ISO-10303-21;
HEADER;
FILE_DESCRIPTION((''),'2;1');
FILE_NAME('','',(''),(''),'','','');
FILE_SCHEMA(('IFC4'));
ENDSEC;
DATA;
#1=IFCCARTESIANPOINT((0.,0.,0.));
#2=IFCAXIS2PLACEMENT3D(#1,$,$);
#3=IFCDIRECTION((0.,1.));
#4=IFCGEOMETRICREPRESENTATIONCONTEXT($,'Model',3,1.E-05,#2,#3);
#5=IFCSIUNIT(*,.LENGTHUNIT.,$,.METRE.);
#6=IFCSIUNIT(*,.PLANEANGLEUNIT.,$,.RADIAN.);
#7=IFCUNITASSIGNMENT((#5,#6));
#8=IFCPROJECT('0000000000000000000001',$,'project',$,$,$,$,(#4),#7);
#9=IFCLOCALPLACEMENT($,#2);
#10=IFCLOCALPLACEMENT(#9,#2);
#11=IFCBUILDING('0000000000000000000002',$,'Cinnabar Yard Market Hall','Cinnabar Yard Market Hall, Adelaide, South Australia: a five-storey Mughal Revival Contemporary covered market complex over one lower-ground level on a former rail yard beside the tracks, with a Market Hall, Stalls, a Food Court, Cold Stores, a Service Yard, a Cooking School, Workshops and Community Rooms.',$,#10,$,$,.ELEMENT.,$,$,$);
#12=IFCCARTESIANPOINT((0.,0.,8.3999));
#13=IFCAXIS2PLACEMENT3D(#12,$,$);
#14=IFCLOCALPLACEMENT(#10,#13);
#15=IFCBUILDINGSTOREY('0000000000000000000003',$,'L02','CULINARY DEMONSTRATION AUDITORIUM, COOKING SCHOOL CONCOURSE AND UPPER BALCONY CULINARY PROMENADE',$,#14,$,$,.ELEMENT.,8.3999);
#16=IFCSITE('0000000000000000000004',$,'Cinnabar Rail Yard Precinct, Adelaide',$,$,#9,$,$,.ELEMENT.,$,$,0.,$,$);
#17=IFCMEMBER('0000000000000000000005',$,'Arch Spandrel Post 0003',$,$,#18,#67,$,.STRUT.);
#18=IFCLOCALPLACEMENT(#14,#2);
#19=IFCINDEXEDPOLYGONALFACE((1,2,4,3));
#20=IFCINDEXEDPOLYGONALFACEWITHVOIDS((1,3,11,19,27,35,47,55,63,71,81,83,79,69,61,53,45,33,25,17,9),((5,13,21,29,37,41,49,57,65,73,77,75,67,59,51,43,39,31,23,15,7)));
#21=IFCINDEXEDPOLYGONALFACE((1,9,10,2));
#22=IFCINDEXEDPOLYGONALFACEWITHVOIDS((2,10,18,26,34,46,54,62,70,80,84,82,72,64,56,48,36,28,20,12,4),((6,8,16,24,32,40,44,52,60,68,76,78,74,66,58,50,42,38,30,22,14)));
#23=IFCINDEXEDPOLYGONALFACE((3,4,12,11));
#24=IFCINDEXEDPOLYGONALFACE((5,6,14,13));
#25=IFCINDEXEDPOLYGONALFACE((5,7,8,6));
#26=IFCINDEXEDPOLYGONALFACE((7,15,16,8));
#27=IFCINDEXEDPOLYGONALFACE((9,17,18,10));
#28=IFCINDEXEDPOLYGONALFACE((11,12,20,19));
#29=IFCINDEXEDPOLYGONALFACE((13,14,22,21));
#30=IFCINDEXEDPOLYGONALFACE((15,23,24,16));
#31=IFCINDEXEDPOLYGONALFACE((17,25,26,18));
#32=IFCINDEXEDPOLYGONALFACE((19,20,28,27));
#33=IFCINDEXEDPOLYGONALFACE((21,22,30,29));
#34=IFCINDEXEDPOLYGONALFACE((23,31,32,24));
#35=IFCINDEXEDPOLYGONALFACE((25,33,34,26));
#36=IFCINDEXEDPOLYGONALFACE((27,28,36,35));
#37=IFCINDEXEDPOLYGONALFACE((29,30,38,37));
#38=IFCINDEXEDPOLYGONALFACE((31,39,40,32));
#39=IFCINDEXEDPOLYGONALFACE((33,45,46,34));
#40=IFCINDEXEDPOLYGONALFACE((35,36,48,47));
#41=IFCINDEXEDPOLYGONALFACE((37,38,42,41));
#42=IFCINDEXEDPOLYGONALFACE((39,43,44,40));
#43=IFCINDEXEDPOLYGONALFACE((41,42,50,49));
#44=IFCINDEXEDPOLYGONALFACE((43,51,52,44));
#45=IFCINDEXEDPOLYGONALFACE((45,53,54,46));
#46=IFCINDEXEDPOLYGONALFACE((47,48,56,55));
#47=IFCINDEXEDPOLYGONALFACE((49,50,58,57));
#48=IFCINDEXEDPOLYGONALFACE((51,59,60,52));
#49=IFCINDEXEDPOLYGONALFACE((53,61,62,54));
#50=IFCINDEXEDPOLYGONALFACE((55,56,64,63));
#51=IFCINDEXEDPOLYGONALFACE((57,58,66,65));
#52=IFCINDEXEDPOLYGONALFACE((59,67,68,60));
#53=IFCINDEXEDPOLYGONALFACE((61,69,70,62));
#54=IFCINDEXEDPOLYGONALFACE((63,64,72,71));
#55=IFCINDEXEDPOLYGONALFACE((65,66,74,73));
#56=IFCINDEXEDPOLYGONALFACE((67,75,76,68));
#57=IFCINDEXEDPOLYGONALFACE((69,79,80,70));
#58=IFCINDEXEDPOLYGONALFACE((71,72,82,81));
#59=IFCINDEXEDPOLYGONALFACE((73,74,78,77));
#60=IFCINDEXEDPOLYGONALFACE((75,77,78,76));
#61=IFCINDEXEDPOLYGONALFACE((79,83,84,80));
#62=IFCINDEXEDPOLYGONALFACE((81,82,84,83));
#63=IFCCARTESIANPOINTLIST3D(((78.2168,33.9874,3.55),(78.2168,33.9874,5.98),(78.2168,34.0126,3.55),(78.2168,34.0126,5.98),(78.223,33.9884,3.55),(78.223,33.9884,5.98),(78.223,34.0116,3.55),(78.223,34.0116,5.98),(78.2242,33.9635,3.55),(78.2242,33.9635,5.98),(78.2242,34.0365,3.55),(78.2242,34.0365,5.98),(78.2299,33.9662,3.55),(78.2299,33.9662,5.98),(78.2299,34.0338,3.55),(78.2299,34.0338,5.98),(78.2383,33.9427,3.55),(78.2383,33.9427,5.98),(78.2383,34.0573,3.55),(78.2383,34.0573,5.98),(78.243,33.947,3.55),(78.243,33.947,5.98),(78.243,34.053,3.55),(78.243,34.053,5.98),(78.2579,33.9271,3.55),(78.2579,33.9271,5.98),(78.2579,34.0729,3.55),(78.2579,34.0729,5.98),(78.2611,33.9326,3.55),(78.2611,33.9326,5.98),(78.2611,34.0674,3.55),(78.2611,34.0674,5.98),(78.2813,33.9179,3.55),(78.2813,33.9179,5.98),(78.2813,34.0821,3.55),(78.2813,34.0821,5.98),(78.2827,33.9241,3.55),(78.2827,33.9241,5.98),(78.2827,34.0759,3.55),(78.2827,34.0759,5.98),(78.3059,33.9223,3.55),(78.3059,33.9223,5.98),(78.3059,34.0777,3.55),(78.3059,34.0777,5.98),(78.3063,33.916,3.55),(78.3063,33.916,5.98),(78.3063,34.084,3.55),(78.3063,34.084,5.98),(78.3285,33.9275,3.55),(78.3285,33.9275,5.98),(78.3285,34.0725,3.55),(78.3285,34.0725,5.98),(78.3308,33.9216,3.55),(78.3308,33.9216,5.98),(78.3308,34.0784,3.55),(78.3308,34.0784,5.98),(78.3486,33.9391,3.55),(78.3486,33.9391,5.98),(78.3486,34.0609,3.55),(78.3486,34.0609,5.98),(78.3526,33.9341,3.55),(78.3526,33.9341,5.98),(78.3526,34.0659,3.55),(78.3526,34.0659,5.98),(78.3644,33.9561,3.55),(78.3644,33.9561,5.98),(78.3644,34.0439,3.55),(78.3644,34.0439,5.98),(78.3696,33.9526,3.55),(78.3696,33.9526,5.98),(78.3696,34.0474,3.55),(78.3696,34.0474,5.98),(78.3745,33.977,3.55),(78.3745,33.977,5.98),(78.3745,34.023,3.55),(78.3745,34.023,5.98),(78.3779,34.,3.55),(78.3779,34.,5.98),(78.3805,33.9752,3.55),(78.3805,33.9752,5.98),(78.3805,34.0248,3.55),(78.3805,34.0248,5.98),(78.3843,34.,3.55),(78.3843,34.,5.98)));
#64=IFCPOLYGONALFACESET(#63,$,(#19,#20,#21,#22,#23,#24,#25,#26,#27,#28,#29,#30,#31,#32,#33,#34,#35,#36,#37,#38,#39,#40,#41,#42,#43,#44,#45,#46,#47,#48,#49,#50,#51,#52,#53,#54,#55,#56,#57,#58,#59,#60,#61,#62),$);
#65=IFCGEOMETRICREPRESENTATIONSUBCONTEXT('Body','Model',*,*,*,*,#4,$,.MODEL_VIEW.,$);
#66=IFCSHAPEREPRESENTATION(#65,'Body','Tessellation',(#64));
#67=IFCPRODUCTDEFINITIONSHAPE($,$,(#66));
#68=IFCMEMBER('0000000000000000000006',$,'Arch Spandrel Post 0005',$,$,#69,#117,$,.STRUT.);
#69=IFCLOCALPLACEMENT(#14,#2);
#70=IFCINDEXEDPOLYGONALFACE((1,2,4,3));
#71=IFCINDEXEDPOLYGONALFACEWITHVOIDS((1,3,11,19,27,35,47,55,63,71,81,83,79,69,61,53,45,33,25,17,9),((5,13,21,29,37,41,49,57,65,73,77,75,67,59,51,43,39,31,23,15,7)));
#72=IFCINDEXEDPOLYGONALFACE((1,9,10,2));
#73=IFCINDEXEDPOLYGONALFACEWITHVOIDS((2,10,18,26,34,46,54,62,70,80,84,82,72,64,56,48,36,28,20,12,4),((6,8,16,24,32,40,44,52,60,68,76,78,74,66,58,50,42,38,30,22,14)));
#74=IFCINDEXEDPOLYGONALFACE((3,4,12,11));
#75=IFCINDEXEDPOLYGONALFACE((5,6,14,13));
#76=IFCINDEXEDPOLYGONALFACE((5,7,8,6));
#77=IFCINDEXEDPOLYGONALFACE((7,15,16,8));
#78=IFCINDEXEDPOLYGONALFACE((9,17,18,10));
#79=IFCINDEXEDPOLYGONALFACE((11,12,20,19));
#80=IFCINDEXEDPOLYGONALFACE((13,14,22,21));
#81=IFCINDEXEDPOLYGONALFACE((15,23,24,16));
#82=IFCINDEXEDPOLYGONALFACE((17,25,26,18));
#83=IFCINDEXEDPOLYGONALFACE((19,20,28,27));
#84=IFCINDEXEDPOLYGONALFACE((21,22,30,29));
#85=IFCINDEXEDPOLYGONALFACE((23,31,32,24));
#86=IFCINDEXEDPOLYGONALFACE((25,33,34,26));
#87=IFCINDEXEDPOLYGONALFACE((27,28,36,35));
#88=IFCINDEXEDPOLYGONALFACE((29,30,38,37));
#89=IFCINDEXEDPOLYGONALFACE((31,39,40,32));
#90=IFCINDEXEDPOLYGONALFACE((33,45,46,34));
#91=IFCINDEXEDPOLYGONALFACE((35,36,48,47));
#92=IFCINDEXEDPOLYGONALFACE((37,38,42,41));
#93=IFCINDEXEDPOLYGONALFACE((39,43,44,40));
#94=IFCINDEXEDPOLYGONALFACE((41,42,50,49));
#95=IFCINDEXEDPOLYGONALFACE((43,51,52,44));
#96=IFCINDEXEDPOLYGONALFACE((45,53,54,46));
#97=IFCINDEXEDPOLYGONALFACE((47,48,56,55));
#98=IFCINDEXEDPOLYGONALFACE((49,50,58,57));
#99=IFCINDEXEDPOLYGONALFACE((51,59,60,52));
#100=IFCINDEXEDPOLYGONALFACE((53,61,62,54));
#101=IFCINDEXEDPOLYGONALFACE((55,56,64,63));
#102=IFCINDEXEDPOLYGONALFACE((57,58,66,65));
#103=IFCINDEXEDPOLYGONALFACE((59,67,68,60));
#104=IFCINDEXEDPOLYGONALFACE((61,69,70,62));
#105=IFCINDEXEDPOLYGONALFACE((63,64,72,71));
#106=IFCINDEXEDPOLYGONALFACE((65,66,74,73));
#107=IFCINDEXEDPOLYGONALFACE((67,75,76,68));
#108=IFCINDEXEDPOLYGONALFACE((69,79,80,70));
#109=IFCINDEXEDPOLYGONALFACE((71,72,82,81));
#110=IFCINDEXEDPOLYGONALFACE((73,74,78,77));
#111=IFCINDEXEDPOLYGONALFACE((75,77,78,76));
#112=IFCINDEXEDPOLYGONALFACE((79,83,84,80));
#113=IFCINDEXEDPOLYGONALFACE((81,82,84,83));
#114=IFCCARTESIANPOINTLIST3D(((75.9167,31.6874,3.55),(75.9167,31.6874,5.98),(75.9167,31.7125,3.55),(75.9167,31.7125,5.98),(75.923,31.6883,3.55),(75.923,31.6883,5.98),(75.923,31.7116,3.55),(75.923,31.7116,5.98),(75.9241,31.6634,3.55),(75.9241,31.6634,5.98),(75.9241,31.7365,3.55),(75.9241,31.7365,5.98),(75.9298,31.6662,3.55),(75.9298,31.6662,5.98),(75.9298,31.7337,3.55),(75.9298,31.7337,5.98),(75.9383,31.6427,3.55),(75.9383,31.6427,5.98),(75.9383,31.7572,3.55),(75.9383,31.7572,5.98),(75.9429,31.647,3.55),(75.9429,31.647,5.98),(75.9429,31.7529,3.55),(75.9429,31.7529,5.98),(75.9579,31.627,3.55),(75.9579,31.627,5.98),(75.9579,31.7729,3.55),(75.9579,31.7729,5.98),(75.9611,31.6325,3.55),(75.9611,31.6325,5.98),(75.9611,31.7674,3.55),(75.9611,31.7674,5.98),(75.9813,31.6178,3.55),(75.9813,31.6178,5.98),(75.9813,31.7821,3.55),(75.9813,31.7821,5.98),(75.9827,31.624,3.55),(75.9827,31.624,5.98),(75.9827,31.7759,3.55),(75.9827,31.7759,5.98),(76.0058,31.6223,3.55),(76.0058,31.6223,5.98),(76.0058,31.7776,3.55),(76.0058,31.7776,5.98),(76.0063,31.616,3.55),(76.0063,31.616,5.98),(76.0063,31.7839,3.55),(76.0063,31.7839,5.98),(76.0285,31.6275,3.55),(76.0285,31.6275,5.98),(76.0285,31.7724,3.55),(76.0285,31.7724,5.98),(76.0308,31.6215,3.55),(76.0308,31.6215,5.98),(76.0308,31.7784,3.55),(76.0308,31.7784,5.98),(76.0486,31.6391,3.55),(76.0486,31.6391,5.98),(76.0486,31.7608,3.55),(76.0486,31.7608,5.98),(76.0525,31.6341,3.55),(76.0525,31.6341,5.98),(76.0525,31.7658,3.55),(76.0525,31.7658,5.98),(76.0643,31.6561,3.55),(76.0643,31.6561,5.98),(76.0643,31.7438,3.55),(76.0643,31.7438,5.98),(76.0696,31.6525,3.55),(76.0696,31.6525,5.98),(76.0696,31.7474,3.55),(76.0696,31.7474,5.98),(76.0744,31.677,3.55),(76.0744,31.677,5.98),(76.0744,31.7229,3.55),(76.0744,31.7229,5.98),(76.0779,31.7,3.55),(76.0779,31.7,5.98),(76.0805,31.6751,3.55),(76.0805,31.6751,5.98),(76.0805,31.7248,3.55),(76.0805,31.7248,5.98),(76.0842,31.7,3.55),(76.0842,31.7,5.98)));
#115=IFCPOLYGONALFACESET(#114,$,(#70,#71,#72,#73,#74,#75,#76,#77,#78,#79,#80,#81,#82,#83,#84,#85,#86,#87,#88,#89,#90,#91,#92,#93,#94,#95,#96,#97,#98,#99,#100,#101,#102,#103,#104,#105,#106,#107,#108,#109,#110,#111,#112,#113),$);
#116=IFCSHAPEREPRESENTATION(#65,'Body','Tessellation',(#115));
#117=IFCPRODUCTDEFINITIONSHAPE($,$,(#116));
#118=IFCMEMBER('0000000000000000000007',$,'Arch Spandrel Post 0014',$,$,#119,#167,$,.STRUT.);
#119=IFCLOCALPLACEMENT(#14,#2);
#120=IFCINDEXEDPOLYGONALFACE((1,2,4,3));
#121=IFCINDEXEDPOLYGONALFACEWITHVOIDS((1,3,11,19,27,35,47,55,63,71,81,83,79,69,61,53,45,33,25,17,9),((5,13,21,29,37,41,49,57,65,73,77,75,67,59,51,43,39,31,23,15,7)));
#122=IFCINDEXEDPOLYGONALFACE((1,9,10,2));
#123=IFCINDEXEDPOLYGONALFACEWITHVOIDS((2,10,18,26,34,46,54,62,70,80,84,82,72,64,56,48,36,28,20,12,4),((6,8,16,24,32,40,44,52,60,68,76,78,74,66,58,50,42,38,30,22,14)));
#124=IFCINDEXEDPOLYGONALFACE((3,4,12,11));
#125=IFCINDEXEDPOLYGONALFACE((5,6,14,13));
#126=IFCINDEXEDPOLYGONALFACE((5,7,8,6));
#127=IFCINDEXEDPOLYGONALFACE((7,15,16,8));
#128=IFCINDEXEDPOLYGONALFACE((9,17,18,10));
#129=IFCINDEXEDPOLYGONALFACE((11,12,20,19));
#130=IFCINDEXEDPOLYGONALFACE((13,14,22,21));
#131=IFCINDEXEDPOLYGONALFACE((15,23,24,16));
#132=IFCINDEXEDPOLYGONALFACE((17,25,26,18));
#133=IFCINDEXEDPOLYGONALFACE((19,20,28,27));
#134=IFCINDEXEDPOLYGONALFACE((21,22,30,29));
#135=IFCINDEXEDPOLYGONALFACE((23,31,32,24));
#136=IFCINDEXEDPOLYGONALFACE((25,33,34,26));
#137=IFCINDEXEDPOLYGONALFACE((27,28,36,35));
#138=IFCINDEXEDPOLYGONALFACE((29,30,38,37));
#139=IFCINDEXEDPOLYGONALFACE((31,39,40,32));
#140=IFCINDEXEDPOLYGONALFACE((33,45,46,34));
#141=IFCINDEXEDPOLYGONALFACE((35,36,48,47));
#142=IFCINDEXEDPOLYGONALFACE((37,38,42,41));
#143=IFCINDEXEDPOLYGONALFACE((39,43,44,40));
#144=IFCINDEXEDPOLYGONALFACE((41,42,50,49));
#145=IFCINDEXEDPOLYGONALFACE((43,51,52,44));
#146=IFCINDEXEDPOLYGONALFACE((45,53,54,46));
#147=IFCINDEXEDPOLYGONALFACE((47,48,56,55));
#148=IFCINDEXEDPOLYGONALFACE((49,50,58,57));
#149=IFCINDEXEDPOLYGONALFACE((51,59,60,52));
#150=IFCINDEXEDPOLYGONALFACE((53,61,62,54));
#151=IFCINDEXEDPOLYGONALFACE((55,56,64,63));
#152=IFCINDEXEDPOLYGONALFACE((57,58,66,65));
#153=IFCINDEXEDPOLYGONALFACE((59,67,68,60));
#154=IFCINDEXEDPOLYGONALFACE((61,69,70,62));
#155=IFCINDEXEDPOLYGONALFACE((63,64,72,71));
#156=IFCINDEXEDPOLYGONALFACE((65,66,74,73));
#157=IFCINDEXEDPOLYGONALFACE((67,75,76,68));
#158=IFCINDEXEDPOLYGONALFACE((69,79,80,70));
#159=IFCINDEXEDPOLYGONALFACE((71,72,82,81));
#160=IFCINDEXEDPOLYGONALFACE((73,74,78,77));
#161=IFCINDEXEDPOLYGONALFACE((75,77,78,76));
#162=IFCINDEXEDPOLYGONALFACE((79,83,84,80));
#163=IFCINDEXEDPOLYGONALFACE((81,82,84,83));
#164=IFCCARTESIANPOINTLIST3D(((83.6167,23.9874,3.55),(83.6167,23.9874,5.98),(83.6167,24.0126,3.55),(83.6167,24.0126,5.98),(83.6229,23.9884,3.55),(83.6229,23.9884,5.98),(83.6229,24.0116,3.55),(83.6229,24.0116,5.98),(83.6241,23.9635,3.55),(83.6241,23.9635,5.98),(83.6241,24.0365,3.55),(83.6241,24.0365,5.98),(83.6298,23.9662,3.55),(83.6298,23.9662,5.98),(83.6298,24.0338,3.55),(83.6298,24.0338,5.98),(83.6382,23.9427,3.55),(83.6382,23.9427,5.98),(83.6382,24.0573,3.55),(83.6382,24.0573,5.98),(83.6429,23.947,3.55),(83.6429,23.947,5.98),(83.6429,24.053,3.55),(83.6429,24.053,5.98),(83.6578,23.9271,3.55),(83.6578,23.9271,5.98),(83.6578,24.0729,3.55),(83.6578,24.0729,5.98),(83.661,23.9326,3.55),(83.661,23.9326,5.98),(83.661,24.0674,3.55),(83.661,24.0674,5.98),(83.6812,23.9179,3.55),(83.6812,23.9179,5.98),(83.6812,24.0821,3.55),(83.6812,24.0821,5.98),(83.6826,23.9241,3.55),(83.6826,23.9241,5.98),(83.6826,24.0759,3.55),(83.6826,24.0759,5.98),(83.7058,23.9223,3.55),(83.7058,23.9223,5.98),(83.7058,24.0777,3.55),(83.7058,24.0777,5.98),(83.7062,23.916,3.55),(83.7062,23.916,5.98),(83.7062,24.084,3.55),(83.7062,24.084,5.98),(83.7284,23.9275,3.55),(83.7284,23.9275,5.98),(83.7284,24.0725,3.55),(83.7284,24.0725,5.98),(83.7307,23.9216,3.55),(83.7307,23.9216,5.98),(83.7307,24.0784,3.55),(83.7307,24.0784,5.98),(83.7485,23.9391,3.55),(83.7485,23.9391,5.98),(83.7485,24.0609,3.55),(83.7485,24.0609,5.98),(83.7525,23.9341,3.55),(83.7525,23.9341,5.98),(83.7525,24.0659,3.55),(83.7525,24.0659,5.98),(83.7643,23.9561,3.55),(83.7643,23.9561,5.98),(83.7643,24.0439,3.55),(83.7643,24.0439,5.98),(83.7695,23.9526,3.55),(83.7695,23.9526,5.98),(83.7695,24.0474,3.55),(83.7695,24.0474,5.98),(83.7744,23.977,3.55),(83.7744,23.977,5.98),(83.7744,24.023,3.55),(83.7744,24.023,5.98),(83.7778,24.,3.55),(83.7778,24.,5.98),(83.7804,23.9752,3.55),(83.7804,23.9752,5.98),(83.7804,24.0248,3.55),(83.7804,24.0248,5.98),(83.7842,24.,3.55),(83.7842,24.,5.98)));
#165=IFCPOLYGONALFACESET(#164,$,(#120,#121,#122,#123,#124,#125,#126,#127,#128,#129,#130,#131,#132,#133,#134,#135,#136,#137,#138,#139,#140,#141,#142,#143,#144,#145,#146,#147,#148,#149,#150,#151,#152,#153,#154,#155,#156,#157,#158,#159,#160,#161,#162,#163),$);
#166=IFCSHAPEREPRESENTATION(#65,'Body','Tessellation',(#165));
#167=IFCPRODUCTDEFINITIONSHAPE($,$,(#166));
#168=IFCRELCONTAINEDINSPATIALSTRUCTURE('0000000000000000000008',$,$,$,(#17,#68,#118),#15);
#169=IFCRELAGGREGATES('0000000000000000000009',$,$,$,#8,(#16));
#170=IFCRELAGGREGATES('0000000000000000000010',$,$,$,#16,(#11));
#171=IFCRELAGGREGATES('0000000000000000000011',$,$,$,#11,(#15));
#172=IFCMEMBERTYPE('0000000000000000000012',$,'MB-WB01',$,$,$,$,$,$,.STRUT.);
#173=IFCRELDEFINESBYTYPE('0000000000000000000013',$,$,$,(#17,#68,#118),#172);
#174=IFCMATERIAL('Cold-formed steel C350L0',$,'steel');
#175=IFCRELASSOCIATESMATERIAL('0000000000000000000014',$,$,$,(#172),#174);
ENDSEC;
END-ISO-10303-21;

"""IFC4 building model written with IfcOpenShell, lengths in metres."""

from ifc_helpers import new_model, si_unit, direction, frame, origin, origin_2d_with_axis, place, context, subcontext, project, spatial, hollow_circle, extrude, material, material_profile, profile_set, type_object, element, save


model = new_model("IFC4")

# Units and contexts
model_context = context("Model", 3, precision=1e-05, world=origin(), true_north=direction((0.0, 1.0)))
body_context = subcontext(model_context, "Body", "Model", "MODEL_VIEW")
ifc_project = project(units=[si_unit("LENGTHUNIT", "METRE"), si_unit("PLANEANGLEUNIT", "RADIAN")], contexts=[model_context])

# Site, building, storey
site_placement = place(None, origin())
site = spatial("IfcSite", under=ifc_project, at=site_placement, Name="Cinnabar Rail Yard Precinct, Adelaide", CompositionType="ELEMENT", RefElevation=0.0)
building_placement = place(site_placement, origin())
building = spatial("IfcBuilding", under=site, at=building_placement, Name="Cinnabar Yard Market Hall", Description="Cinnabar Yard Market Hall, Adelaide, South Australia: a five-storey Mughal Revival Contemporary covered market complex over one lower-ground level on a former rail yard beside the tracks, with a Market Hall, Stalls, a Food Court, Cold Stores, a Service Yard, a Cooking School, Workshops and Community Rooms.", CompositionType="ELEMENT")
storey_placement = place(building_placement, frame((0.0, 0.0, 8.3999)))
storey = spatial("IfcBuildingStorey", under=building, at=storey_placement, Name="L02", Description="CULINARY DEMONSTRATION AUDITORIUM, COOKING SCHOOL CONCOURSE AND UPPER BALCONY CULINARY PROMENADE", CompositionType="ELEMENT", Elevation=8.3999)

# Members
ifc_material_1 = material(Name="Cold-formed steel C350L0", Category="steel")
ifc_material_profile_1 = material_profile(ifc_material_1, hollow_circle(Radius=0.0842, WallThickness=0.0063, at=origin_2d_with_axis()), Name="168.3x6.4CHS")
ifc_profile_set_1 = profile_set([ifc_material_profile_1], Name="Cold-formed steel C350L0")
member_type_1 = type_object("IfcMemberType", Name="MB-WB01", PredefinedType="STRUT", material=ifc_profile_set_1)
for number, where, z_axis, x_axis, name in (
    (1, (78.3, 34.0, 3.55), (0.0, 0.0, 1.0), (1.0, 0.0, 0.0), "Arch Spandrel Post 0003"),
    (2, (76.0, 31.7, 3.55), (0.0, 0.0, 1.0), (1.0, 0.0, 0.0), "Arch Spandrel Post 0005"),
    (3, (83.7, 24.0, 3.55), (0.0, 0.0, 1.0), (1.0, 0.0, 0.0), "Arch Spandrel Post 0014"),
):
    element("IfcMember", number, at=place(storey_placement, frame(where, z_axis=z_axis, x_axis=x_axis)), inside=storey, type_object=member_type_1, Name=name, PredefinedType="STRUT", context=body_context, shape_type="SweptSolid", body=[
        extrude(hollow_circle(Radius=0.0842, WallThickness=0.0063, at=origin_2d_with_axis()), origin(), (0.0, 0.0, 1.0), 2.4299),
    ])

save(model, "model.ifc")
